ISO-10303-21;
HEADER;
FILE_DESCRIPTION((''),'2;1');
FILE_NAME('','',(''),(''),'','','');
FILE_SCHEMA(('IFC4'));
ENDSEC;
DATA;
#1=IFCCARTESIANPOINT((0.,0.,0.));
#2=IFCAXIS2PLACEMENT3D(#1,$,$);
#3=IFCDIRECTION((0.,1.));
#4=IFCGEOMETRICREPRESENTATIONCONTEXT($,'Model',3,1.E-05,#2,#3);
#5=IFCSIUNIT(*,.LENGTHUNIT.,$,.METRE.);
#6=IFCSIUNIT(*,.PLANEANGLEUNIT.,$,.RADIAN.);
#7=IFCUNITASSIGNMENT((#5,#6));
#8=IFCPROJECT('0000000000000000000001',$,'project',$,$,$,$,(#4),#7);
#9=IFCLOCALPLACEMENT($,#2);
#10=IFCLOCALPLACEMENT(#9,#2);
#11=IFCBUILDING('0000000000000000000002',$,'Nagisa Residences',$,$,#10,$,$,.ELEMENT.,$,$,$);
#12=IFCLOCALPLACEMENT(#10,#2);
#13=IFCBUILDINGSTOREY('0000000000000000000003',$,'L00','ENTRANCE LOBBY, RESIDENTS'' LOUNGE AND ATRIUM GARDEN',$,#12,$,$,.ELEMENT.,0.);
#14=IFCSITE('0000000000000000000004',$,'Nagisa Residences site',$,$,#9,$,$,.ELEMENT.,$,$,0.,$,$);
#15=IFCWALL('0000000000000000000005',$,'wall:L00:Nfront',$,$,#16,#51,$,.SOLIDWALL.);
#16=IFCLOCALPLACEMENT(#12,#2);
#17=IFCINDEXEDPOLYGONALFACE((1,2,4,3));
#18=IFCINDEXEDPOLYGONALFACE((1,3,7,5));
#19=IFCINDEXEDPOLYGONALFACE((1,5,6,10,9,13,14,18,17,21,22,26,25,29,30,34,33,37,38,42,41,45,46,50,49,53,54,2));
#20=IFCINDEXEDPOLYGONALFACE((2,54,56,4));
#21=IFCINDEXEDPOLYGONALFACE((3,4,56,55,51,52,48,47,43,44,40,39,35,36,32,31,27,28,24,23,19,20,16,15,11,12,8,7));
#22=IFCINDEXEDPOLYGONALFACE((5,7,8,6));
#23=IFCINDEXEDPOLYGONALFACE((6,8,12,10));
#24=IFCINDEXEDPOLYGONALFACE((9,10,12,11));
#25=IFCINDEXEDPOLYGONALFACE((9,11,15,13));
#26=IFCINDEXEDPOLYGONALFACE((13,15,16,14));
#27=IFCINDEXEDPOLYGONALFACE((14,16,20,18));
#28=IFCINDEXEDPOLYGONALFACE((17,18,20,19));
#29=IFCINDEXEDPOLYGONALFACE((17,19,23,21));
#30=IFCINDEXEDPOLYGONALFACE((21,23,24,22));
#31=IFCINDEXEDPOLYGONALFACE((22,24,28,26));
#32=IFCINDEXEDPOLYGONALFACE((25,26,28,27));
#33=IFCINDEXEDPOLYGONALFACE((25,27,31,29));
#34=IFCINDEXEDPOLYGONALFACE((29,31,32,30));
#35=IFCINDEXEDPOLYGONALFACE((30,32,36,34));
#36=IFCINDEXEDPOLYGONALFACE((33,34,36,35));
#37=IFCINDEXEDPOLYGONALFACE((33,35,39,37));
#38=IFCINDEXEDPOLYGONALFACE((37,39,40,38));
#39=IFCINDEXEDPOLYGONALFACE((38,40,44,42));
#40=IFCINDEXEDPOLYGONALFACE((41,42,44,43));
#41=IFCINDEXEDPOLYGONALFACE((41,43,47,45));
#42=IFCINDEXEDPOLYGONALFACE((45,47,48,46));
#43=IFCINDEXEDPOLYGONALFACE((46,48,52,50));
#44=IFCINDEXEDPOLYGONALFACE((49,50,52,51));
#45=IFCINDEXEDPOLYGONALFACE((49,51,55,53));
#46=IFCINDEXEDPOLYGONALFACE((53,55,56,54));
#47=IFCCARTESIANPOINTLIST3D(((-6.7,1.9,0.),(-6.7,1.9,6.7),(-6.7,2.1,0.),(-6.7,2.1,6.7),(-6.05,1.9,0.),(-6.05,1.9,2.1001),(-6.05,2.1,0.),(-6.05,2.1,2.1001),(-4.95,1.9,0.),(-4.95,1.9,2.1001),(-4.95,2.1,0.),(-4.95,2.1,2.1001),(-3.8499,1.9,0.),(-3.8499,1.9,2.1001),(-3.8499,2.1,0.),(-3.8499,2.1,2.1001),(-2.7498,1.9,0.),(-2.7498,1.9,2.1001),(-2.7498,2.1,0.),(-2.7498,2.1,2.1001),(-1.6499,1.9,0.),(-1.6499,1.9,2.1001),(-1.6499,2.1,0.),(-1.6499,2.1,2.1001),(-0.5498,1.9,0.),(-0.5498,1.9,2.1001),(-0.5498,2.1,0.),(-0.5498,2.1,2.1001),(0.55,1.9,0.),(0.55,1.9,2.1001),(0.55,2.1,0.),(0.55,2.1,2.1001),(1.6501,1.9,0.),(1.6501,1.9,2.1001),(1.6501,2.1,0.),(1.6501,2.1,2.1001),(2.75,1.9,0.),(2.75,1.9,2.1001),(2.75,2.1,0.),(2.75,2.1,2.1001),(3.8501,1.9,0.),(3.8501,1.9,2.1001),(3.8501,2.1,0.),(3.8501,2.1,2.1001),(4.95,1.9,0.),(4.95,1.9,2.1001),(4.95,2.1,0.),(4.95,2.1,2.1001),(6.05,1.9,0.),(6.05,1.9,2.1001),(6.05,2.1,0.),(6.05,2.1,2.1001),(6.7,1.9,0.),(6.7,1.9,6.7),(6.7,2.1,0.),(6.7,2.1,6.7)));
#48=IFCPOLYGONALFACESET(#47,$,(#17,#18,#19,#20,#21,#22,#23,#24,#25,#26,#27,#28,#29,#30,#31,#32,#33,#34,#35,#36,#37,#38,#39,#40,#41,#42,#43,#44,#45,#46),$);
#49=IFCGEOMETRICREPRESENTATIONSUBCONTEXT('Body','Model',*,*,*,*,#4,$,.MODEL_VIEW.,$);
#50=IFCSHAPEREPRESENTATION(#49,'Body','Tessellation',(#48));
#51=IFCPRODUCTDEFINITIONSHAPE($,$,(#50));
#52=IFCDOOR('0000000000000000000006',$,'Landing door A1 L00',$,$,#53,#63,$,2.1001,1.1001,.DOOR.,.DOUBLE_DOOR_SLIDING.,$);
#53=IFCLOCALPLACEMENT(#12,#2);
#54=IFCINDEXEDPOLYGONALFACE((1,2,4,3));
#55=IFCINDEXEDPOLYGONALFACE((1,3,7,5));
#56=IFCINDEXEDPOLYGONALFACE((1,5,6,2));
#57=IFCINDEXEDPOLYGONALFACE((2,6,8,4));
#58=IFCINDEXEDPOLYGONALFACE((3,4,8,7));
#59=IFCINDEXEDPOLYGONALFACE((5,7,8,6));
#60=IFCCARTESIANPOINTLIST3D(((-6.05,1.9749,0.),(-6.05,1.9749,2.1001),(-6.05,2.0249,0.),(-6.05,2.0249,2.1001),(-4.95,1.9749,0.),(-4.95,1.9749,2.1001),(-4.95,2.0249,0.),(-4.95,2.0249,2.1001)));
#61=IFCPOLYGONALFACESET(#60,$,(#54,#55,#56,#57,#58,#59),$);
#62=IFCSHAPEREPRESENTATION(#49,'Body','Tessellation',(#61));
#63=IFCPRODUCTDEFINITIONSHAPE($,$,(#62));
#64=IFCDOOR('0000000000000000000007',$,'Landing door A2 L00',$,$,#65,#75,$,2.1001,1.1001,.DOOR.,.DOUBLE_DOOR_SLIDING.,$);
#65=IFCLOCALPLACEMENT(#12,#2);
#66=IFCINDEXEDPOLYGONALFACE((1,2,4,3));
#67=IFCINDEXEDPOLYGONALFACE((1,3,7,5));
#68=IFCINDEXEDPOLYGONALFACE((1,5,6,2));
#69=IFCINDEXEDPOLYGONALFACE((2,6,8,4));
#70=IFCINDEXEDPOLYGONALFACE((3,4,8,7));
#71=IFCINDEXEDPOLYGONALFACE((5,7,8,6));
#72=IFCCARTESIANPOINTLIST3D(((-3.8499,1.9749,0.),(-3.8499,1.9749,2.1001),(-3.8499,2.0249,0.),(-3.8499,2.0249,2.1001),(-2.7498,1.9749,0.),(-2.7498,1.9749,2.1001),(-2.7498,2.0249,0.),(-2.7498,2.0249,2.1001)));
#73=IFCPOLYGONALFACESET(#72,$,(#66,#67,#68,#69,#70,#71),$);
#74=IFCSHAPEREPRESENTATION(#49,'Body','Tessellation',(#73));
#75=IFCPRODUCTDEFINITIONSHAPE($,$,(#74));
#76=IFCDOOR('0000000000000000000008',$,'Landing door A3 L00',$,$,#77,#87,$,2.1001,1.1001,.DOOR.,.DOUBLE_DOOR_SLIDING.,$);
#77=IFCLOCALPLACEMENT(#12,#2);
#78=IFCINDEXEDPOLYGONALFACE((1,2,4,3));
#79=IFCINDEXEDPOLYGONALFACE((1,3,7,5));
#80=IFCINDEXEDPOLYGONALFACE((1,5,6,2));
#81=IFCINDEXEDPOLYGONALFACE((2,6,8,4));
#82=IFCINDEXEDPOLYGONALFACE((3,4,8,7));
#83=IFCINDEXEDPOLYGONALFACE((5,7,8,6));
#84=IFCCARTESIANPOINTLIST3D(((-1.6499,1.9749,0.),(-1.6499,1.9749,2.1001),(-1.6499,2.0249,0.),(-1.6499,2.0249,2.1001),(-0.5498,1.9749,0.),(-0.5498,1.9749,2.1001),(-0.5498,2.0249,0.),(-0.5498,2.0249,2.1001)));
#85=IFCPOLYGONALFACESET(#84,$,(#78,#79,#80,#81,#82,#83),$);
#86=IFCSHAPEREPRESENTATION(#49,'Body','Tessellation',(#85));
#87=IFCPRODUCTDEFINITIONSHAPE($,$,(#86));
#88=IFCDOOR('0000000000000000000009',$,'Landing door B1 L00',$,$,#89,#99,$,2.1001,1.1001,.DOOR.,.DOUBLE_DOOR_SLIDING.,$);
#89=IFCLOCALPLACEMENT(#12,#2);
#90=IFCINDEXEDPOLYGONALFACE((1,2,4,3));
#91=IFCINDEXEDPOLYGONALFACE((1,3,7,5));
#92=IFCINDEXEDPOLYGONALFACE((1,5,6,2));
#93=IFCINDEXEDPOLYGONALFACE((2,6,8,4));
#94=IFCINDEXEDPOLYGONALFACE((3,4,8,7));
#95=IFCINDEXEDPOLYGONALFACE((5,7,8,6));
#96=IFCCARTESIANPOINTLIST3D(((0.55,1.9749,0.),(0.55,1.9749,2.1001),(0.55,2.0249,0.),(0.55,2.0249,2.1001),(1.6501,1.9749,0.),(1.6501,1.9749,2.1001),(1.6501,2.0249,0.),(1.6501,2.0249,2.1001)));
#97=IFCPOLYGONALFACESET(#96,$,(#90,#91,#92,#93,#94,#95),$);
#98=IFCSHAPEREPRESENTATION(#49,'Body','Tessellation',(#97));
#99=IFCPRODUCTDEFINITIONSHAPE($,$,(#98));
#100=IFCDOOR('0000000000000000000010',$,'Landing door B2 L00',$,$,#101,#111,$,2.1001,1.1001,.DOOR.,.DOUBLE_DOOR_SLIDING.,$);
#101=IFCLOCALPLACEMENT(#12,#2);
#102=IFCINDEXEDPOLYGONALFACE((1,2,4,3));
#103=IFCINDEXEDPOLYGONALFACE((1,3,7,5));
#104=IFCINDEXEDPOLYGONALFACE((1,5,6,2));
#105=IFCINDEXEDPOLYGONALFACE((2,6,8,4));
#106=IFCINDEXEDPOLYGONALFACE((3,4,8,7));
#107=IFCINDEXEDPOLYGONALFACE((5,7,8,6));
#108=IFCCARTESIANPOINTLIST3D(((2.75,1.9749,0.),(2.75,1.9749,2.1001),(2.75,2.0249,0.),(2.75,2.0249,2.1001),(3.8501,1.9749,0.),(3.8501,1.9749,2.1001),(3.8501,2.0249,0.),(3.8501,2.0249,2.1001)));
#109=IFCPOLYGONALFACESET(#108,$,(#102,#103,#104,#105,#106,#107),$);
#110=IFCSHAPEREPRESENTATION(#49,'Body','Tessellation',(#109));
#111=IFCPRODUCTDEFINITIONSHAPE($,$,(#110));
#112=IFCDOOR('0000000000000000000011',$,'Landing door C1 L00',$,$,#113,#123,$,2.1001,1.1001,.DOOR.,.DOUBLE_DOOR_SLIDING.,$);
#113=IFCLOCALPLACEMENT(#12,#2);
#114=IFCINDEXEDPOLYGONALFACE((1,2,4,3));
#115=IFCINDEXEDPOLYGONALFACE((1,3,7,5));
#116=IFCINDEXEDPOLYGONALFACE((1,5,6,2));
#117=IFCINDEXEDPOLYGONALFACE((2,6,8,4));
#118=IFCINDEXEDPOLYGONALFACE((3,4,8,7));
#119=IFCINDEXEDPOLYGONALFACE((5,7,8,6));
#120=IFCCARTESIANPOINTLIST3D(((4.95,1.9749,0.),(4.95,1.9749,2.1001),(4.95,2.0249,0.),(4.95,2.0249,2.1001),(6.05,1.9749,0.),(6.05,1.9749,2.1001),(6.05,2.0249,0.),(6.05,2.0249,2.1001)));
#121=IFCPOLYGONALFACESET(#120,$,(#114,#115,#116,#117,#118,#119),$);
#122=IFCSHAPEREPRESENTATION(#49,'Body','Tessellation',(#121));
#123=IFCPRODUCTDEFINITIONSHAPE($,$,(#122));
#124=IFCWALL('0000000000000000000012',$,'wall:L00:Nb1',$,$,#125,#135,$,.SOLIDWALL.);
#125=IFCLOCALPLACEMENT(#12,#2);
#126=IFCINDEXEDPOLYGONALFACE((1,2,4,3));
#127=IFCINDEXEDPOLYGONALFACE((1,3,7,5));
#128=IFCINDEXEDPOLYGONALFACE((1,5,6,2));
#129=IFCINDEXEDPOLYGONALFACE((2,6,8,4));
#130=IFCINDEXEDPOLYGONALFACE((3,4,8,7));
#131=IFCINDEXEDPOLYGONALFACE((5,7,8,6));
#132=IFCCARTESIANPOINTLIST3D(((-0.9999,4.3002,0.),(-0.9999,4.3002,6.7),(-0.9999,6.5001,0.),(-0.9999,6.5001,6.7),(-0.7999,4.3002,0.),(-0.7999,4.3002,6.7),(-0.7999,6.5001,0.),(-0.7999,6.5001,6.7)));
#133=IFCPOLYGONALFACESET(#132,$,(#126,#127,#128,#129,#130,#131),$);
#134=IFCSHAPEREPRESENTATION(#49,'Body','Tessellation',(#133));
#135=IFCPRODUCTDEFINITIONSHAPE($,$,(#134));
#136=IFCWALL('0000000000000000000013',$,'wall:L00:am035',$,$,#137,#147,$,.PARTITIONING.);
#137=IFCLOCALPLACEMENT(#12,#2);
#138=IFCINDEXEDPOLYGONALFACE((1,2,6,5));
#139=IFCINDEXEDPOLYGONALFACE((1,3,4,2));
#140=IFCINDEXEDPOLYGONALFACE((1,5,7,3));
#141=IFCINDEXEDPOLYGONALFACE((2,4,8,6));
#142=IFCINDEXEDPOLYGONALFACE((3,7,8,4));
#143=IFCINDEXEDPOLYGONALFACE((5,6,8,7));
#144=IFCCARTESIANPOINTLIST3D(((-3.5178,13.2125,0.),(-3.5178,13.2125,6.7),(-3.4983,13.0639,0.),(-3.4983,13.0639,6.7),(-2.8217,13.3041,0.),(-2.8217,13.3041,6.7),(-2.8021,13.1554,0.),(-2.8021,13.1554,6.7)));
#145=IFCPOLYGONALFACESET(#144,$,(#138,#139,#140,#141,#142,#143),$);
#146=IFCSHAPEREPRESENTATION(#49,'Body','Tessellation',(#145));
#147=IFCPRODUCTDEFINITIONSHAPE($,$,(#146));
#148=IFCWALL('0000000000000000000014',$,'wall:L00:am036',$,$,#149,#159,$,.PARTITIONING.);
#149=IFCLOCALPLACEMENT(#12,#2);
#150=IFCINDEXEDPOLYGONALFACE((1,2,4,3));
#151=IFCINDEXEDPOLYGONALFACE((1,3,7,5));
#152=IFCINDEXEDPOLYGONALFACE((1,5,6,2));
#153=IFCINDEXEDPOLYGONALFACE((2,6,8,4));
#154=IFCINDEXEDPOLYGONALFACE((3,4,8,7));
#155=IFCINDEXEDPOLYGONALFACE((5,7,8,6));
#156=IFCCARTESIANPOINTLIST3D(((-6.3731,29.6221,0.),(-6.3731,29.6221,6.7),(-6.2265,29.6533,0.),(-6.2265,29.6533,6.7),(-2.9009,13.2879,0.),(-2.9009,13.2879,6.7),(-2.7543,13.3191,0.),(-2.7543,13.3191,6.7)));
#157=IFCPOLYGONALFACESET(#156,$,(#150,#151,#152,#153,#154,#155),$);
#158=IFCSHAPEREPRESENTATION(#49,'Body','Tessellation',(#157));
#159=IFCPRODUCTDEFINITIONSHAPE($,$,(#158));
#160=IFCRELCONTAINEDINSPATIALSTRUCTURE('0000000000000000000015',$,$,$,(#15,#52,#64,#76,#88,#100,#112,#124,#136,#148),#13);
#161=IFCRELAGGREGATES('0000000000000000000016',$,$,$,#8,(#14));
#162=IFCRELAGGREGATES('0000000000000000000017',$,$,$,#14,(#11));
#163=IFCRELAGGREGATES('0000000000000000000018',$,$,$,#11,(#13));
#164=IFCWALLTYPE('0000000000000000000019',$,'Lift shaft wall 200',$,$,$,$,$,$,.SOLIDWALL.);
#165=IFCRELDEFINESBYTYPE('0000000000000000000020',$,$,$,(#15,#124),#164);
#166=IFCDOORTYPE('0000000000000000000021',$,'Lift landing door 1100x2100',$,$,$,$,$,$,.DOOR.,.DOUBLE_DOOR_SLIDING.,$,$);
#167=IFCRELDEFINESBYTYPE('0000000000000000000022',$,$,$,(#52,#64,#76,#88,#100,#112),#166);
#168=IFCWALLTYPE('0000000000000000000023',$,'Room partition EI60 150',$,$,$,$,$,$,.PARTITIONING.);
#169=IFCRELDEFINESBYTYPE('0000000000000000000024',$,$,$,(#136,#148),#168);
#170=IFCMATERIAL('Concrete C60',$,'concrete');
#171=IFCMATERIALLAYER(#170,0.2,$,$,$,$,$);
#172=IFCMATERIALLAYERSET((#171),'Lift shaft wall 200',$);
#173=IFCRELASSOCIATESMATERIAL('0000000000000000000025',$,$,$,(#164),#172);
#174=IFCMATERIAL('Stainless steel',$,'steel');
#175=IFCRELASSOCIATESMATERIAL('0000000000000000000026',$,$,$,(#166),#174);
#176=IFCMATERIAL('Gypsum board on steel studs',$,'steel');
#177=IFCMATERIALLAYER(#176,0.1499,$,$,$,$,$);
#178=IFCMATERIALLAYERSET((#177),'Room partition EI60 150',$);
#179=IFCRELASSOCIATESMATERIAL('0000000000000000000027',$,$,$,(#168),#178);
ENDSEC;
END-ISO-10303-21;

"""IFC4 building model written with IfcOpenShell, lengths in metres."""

from ifc_helpers import new_model, si_unit, direction, frame, frame_2d, origin, place, context, subcontext, project, spatial, rectangle, extrude, material, layer, layer_set, type_object, element, fill, save


model = new_model("IFC4")

# Units and contexts
model_context = context("Model", 3, precision=1e-05, world=origin(), true_north=direction((0.0, 1.0)))
body_context = subcontext(model_context, "Body", "Model", "MODEL_VIEW")
ifc_project = project(units=[si_unit("LENGTHUNIT", "METRE"), si_unit("PLANEANGLEUNIT", "RADIAN")], contexts=[model_context])

# Site, building, storey
site_placement = place(None, origin())
site = spatial("IfcSite", under=ifc_project, at=site_placement, Name="Nagisa Residences site", CompositionType="ELEMENT", RefElevation=0.0)
building_placement = place(site_placement, origin())
building = spatial("IfcBuilding", under=site, at=building_placement, Name="Nagisa Residences", CompositionType="ELEMENT")
storey_placement = place(building_placement, origin())
storey = spatial("IfcBuildingStorey", under=building, at=storey_placement, Name="L00", Description="ENTRANCE LOBBY, RESIDENTS' LOUNGE AND ATRIUM GARDEN", CompositionType="ELEMENT", Elevation=0.0)

# Shared definitions
ifc_material_1 = material(Name="Concrete C60", Category="concrete")
ifc_layer_1 = layer(ifc_material_1, 0.2)
ifc_layer_set_1 = layer_set([ifc_layer_1], Name="Lift shaft wall 200")
wall_type_1 = type_object("IfcWallType", Name="Lift shaft wall 200", PredefinedType="SOLIDWALL", material=ifc_layer_set_1)
ifc_material_2 = material(Name="Stainless steel", Category="steel")
door_type_1 = type_object("IfcDoorType", Name="Lift landing door 1100x2100", OperationType="DOUBLE_DOOR_SLIDING", PredefinedType="DOOR", material=ifc_material_2)

# Wall, openings, doors
wall_1_placement = place(storey_placement, frame((-6.7, 2.0, 0.0), z_axis=(0.0, 0.0, 1.0), x_axis=(1.0, 0.0, 0.0)))
wall_1 = element("IfcWall", 1, at=wall_1_placement, inside=storey, type_object=wall_type_1, Name="wall:L00:Nfront", PredefinedType="SOLIDWALL", context=body_context, shape_type="SweptSolid", body=[
    extrude(rectangle(XDim=13.3999, YDim=0.2, at=frame_2d((6.7, 0.0))), origin(), (0.0, 0.0, 1.0), 6.7),
])
opening_1_placement = place(wall_1_placement, frame((0.6499, 0.0, 0.0)))
opening_1 = element("IfcOpeningElement", 2, at=opening_1_placement, cuts=wall_1, PredefinedType="OPENING", context=body_context, shape_type="SweptSolid", body=[
    extrude(rectangle(XDim=1.1001, YDim=2.1001, at=frame_2d((0.55, 1.05))), frame((0.0, 0.1099, 0.0), z_axis=(0.0, -1.0, 0.0), x_axis=(1.0, 0.0, 0.0)), (0.0, 0.0, 1.0), 0.22),
])
opening_2_placement = place(wall_1_placement, frame((2.8501, 0.0, 0.0)))
opening_2 = element("IfcOpeningElement", 3, at=opening_2_placement, cuts=wall_1, PredefinedType="OPENING", context=body_context, shape_type="SweptSolid", body=[
    extrude(rectangle(XDim=1.1001, YDim=2.1001, at=frame_2d((0.55, 1.05))), frame((0.0, 0.1099, 0.0), z_axis=(0.0, -1.0, 0.0), x_axis=(1.0, 0.0, 0.0)), (0.0, 0.0, 1.0), 0.22),
])
opening_3_placement = place(wall_1_placement, frame((5.05, 0.0, 0.0)))
opening_3 = element("IfcOpeningElement", 4, at=opening_3_placement, cuts=wall_1, PredefinedType="OPENING", context=body_context, shape_type="SweptSolid", body=[
    extrude(rectangle(XDim=1.1001, YDim=2.1001, at=frame_2d((0.55, 1.05))), frame((0.0, 0.1099, 0.0), z_axis=(0.0, -1.0, 0.0), x_axis=(1.0, 0.0, 0.0)), (0.0, 0.0, 1.0), 0.22),
])
opening_4_placement = place(wall_1_placement, frame((7.25, 0.0, 0.0)))
opening_4 = element("IfcOpeningElement", 5, at=opening_4_placement, cuts=wall_1, PredefinedType="OPENING", context=body_context, shape_type="SweptSolid", body=[
    extrude(rectangle(XDim=1.1001, YDim=2.1001, at=frame_2d((0.55, 1.05))), frame((0.0, 0.1099, 0.0), z_axis=(0.0, -1.0, 0.0), x_axis=(1.0, 0.0, 0.0)), (0.0, 0.0, 1.0), 0.22),
])
opening_5_placement = place(wall_1_placement, frame((9.45, 0.0, 0.0)))
opening_5 = element("IfcOpeningElement", 6, at=opening_5_placement, cuts=wall_1, PredefinedType="OPENING", context=body_context, shape_type="SweptSolid", body=[
    extrude(rectangle(XDim=1.1001, YDim=2.1001, at=frame_2d((0.55, 1.05))), frame((0.0, 0.1099, 0.0), z_axis=(0.0, -1.0, 0.0), x_axis=(1.0, 0.0, 0.0)), (0.0, 0.0, 1.0), 0.22),
])
opening_6_placement = place(wall_1_placement, frame((11.6499, 0.0, 0.0)))
opening_6 = element("IfcOpeningElement", 7, at=opening_6_placement, cuts=wall_1, PredefinedType="OPENING", context=body_context, shape_type="SweptSolid", body=[
    extrude(rectangle(XDim=1.1001, YDim=2.1001, at=frame_2d((0.55, 1.05))), frame((0.0, 0.1099, 0.0), z_axis=(0.0, -1.0, 0.0), x_axis=(1.0, 0.0, 0.0)), (0.0, 0.0, 1.0), 0.22),
])
door_1_placement = place(opening_1_placement, origin())
door_1 = element("IfcDoor", 8, at=door_1_placement, inside=storey, type_object=door_type_1, Name="Landing door A1 L00", OperationType="DOUBLE_DOOR_SLIDING", OverallHeight=2.1001, OverallWidth=1.1001, PredefinedType="DOOR", context=body_context, shape_type="SweptSolid", body=[
    extrude(rectangle(XDim=1.1001, YDim=2.1001, at=frame_2d((0.55, 1.05))), frame((0.0, 0.0249, 0.0), z_axis=(0.0, -1.0, 0.0), x_axis=(1.0, 0.0, 0.0)), (0.0, 0.0, 1.0), 0.05),
])
fill(opening_1, door_1)
door_2_placement = place(opening_2_placement, origin())
door_2 = element("IfcDoor", 9, at=door_2_placement, inside=storey, type_object=door_type_1, Name="Landing door A2 L00", OperationType="DOUBLE_DOOR_SLIDING", OverallHeight=2.1001, OverallWidth=1.1001, PredefinedType="DOOR", context=body_context, shape_type="SweptSolid", body=[
    extrude(rectangle(XDim=1.1001, YDim=2.1001, at=frame_2d((0.55, 1.05))), frame((0.0, 0.0249, 0.0), z_axis=(0.0, -1.0, 0.0), x_axis=(1.0, 0.0, 0.0)), (0.0, 0.0, 1.0), 0.05),
])
fill(opening_2, door_2)
door_3_placement = place(opening_3_placement, origin())
door_3 = element("IfcDoor", 10, at=door_3_placement, inside=storey, type_object=door_type_1, Name="Landing door A3 L00", OperationType="DOUBLE_DOOR_SLIDING", OverallHeight=2.1001, OverallWidth=1.1001, PredefinedType="DOOR", context=body_context, shape_type="SweptSolid", body=[
    extrude(rectangle(XDim=1.1001, YDim=2.1001, at=frame_2d((0.55, 1.05))), frame((0.0, 0.0249, 0.0), z_axis=(0.0, -1.0, 0.0), x_axis=(1.0, 0.0, 0.0)), (0.0, 0.0, 1.0), 0.05),
])
fill(opening_3, door_3)
door_4_placement = place(opening_4_placement, origin())
door_4 = element("IfcDoor", 11, at=door_4_placement, inside=storey, type_object=door_type_1, Name="Landing door B1 L00", OperationType="DOUBLE_DOOR_SLIDING", OverallHeight=2.1001, OverallWidth=1.1001, PredefinedType="DOOR", context=body_context, shape_type="SweptSolid", body=[
    extrude(rectangle(XDim=1.1001, YDim=2.1001, at=frame_2d((0.55, 1.05))), frame((0.0, 0.0249, 0.0), z_axis=(0.0, -1.0, 0.0), x_axis=(1.0, 0.0, 0.0)), (0.0, 0.0, 1.0), 0.05),
])
fill(opening_4, door_4)
door_5_placement = place(opening_5_placement, origin())
door_5 = element("IfcDoor", 12, at=door_5_placement, inside=storey, type_object=door_type_1, Name="Landing door B2 L00", OperationType="DOUBLE_DOOR_SLIDING", OverallHeight=2.1001, OverallWidth=1.1001, PredefinedType="DOOR", context=body_context, shape_type="SweptSolid", body=[
    extrude(rectangle(XDim=1.1001, YDim=2.1001, at=frame_2d((0.55, 1.05))), frame((0.0, 0.0249, 0.0), z_axis=(0.0, -1.0, 0.0), x_axis=(1.0, 0.0, 0.0)), (0.0, 0.0, 1.0), 0.05),
])
fill(opening_5, door_5)
door_6_placement = place(opening_6_placement, origin())
door_6 = element("IfcDoor", 13, at=door_6_placement, inside=storey, type_object=door_type_1, Name="Landing door C1 L00", OperationType="DOUBLE_DOOR_SLIDING", OverallHeight=2.1001, OverallWidth=1.1001, PredefinedType="DOOR", context=body_context, shape_type="SweptSolid", body=[
    extrude(rectangle(XDim=1.1001, YDim=2.1001, at=frame_2d((0.55, 1.05))), frame((0.0, 0.0249, 0.0), z_axis=(0.0, -1.0, 0.0), x_axis=(1.0, 0.0, 0.0)), (0.0, 0.0, 1.0), 0.05),
])
fill(opening_6, door_6)

# Walls
wall_2_placement = place(storey_placement, frame((-0.8999, 4.3, 0.0), z_axis=(0.0, 0.0, 1.0), x_axis=(0.0, 1.0, 0.0)))
element("IfcWall", 14, at=wall_2_placement, inside=storey, type_object=wall_type_1, Name="wall:L00:Nb1", PredefinedType="SOLIDWALL", context=body_context, shape_type="SweptSolid", body=[
    extrude(rectangle(XDim=2.2, YDim=0.2, at=frame_2d((1.1001, 0.0))), origin(), (0.0, 0.0, 1.0), 6.7),
])
ifc_material_3 = material(Name="Gypsum board on steel studs", Category="steel")
ifc_layer_2 = layer(ifc_material_3, 0.1499)
ifc_layer_set_2 = layer_set([ifc_layer_2], Name="Room partition EI60 150")
wall_type_2 = type_object("IfcWallType", Name="Room partition EI60 150", PredefinedType="PARTITIONING", material=ifc_layer_set_2)
wall_3_placement = place(storey_placement, frame((-3.5081, 13.1382, 0.0), z_axis=(0.0, 0.0, 1.0), x_axis=(0.99146, 0.13041, 0.0)))
element("IfcWall", 15, at=wall_3_placement, inside=storey, type_object=wall_type_2, Name="wall:L00:am035", PredefinedType="PARTITIONING", context=body_context, shape_type="SweptSolid", body=[
    extrude(rectangle(XDim=0.7021, YDim=0.1499, at=frame_2d((0.3511, 0.0))), origin(), (0.0, 0.0, 1.0), 6.7),
])
wall_4_placement = place(storey_placement, frame((-2.8276, 13.3035, 0.0), z_axis=(0.0, 0.0, 1.0), x_axis=(-0.207924, 0.978145, 0.0)))
element("IfcWall", 16, at=wall_4_placement, inside=storey, type_object=wall_type_2, Name="wall:L00:am036", PredefinedType="PARTITIONING", context=body_context, shape_type="SweptSolid", body=[
    extrude(rectangle(XDim=16.6992, YDim=0.1499, at=frame_2d((8.3496, 0.0))), origin(), (0.0, 0.0, 1.0), 6.7),
])

save(model, "model.ifc")
